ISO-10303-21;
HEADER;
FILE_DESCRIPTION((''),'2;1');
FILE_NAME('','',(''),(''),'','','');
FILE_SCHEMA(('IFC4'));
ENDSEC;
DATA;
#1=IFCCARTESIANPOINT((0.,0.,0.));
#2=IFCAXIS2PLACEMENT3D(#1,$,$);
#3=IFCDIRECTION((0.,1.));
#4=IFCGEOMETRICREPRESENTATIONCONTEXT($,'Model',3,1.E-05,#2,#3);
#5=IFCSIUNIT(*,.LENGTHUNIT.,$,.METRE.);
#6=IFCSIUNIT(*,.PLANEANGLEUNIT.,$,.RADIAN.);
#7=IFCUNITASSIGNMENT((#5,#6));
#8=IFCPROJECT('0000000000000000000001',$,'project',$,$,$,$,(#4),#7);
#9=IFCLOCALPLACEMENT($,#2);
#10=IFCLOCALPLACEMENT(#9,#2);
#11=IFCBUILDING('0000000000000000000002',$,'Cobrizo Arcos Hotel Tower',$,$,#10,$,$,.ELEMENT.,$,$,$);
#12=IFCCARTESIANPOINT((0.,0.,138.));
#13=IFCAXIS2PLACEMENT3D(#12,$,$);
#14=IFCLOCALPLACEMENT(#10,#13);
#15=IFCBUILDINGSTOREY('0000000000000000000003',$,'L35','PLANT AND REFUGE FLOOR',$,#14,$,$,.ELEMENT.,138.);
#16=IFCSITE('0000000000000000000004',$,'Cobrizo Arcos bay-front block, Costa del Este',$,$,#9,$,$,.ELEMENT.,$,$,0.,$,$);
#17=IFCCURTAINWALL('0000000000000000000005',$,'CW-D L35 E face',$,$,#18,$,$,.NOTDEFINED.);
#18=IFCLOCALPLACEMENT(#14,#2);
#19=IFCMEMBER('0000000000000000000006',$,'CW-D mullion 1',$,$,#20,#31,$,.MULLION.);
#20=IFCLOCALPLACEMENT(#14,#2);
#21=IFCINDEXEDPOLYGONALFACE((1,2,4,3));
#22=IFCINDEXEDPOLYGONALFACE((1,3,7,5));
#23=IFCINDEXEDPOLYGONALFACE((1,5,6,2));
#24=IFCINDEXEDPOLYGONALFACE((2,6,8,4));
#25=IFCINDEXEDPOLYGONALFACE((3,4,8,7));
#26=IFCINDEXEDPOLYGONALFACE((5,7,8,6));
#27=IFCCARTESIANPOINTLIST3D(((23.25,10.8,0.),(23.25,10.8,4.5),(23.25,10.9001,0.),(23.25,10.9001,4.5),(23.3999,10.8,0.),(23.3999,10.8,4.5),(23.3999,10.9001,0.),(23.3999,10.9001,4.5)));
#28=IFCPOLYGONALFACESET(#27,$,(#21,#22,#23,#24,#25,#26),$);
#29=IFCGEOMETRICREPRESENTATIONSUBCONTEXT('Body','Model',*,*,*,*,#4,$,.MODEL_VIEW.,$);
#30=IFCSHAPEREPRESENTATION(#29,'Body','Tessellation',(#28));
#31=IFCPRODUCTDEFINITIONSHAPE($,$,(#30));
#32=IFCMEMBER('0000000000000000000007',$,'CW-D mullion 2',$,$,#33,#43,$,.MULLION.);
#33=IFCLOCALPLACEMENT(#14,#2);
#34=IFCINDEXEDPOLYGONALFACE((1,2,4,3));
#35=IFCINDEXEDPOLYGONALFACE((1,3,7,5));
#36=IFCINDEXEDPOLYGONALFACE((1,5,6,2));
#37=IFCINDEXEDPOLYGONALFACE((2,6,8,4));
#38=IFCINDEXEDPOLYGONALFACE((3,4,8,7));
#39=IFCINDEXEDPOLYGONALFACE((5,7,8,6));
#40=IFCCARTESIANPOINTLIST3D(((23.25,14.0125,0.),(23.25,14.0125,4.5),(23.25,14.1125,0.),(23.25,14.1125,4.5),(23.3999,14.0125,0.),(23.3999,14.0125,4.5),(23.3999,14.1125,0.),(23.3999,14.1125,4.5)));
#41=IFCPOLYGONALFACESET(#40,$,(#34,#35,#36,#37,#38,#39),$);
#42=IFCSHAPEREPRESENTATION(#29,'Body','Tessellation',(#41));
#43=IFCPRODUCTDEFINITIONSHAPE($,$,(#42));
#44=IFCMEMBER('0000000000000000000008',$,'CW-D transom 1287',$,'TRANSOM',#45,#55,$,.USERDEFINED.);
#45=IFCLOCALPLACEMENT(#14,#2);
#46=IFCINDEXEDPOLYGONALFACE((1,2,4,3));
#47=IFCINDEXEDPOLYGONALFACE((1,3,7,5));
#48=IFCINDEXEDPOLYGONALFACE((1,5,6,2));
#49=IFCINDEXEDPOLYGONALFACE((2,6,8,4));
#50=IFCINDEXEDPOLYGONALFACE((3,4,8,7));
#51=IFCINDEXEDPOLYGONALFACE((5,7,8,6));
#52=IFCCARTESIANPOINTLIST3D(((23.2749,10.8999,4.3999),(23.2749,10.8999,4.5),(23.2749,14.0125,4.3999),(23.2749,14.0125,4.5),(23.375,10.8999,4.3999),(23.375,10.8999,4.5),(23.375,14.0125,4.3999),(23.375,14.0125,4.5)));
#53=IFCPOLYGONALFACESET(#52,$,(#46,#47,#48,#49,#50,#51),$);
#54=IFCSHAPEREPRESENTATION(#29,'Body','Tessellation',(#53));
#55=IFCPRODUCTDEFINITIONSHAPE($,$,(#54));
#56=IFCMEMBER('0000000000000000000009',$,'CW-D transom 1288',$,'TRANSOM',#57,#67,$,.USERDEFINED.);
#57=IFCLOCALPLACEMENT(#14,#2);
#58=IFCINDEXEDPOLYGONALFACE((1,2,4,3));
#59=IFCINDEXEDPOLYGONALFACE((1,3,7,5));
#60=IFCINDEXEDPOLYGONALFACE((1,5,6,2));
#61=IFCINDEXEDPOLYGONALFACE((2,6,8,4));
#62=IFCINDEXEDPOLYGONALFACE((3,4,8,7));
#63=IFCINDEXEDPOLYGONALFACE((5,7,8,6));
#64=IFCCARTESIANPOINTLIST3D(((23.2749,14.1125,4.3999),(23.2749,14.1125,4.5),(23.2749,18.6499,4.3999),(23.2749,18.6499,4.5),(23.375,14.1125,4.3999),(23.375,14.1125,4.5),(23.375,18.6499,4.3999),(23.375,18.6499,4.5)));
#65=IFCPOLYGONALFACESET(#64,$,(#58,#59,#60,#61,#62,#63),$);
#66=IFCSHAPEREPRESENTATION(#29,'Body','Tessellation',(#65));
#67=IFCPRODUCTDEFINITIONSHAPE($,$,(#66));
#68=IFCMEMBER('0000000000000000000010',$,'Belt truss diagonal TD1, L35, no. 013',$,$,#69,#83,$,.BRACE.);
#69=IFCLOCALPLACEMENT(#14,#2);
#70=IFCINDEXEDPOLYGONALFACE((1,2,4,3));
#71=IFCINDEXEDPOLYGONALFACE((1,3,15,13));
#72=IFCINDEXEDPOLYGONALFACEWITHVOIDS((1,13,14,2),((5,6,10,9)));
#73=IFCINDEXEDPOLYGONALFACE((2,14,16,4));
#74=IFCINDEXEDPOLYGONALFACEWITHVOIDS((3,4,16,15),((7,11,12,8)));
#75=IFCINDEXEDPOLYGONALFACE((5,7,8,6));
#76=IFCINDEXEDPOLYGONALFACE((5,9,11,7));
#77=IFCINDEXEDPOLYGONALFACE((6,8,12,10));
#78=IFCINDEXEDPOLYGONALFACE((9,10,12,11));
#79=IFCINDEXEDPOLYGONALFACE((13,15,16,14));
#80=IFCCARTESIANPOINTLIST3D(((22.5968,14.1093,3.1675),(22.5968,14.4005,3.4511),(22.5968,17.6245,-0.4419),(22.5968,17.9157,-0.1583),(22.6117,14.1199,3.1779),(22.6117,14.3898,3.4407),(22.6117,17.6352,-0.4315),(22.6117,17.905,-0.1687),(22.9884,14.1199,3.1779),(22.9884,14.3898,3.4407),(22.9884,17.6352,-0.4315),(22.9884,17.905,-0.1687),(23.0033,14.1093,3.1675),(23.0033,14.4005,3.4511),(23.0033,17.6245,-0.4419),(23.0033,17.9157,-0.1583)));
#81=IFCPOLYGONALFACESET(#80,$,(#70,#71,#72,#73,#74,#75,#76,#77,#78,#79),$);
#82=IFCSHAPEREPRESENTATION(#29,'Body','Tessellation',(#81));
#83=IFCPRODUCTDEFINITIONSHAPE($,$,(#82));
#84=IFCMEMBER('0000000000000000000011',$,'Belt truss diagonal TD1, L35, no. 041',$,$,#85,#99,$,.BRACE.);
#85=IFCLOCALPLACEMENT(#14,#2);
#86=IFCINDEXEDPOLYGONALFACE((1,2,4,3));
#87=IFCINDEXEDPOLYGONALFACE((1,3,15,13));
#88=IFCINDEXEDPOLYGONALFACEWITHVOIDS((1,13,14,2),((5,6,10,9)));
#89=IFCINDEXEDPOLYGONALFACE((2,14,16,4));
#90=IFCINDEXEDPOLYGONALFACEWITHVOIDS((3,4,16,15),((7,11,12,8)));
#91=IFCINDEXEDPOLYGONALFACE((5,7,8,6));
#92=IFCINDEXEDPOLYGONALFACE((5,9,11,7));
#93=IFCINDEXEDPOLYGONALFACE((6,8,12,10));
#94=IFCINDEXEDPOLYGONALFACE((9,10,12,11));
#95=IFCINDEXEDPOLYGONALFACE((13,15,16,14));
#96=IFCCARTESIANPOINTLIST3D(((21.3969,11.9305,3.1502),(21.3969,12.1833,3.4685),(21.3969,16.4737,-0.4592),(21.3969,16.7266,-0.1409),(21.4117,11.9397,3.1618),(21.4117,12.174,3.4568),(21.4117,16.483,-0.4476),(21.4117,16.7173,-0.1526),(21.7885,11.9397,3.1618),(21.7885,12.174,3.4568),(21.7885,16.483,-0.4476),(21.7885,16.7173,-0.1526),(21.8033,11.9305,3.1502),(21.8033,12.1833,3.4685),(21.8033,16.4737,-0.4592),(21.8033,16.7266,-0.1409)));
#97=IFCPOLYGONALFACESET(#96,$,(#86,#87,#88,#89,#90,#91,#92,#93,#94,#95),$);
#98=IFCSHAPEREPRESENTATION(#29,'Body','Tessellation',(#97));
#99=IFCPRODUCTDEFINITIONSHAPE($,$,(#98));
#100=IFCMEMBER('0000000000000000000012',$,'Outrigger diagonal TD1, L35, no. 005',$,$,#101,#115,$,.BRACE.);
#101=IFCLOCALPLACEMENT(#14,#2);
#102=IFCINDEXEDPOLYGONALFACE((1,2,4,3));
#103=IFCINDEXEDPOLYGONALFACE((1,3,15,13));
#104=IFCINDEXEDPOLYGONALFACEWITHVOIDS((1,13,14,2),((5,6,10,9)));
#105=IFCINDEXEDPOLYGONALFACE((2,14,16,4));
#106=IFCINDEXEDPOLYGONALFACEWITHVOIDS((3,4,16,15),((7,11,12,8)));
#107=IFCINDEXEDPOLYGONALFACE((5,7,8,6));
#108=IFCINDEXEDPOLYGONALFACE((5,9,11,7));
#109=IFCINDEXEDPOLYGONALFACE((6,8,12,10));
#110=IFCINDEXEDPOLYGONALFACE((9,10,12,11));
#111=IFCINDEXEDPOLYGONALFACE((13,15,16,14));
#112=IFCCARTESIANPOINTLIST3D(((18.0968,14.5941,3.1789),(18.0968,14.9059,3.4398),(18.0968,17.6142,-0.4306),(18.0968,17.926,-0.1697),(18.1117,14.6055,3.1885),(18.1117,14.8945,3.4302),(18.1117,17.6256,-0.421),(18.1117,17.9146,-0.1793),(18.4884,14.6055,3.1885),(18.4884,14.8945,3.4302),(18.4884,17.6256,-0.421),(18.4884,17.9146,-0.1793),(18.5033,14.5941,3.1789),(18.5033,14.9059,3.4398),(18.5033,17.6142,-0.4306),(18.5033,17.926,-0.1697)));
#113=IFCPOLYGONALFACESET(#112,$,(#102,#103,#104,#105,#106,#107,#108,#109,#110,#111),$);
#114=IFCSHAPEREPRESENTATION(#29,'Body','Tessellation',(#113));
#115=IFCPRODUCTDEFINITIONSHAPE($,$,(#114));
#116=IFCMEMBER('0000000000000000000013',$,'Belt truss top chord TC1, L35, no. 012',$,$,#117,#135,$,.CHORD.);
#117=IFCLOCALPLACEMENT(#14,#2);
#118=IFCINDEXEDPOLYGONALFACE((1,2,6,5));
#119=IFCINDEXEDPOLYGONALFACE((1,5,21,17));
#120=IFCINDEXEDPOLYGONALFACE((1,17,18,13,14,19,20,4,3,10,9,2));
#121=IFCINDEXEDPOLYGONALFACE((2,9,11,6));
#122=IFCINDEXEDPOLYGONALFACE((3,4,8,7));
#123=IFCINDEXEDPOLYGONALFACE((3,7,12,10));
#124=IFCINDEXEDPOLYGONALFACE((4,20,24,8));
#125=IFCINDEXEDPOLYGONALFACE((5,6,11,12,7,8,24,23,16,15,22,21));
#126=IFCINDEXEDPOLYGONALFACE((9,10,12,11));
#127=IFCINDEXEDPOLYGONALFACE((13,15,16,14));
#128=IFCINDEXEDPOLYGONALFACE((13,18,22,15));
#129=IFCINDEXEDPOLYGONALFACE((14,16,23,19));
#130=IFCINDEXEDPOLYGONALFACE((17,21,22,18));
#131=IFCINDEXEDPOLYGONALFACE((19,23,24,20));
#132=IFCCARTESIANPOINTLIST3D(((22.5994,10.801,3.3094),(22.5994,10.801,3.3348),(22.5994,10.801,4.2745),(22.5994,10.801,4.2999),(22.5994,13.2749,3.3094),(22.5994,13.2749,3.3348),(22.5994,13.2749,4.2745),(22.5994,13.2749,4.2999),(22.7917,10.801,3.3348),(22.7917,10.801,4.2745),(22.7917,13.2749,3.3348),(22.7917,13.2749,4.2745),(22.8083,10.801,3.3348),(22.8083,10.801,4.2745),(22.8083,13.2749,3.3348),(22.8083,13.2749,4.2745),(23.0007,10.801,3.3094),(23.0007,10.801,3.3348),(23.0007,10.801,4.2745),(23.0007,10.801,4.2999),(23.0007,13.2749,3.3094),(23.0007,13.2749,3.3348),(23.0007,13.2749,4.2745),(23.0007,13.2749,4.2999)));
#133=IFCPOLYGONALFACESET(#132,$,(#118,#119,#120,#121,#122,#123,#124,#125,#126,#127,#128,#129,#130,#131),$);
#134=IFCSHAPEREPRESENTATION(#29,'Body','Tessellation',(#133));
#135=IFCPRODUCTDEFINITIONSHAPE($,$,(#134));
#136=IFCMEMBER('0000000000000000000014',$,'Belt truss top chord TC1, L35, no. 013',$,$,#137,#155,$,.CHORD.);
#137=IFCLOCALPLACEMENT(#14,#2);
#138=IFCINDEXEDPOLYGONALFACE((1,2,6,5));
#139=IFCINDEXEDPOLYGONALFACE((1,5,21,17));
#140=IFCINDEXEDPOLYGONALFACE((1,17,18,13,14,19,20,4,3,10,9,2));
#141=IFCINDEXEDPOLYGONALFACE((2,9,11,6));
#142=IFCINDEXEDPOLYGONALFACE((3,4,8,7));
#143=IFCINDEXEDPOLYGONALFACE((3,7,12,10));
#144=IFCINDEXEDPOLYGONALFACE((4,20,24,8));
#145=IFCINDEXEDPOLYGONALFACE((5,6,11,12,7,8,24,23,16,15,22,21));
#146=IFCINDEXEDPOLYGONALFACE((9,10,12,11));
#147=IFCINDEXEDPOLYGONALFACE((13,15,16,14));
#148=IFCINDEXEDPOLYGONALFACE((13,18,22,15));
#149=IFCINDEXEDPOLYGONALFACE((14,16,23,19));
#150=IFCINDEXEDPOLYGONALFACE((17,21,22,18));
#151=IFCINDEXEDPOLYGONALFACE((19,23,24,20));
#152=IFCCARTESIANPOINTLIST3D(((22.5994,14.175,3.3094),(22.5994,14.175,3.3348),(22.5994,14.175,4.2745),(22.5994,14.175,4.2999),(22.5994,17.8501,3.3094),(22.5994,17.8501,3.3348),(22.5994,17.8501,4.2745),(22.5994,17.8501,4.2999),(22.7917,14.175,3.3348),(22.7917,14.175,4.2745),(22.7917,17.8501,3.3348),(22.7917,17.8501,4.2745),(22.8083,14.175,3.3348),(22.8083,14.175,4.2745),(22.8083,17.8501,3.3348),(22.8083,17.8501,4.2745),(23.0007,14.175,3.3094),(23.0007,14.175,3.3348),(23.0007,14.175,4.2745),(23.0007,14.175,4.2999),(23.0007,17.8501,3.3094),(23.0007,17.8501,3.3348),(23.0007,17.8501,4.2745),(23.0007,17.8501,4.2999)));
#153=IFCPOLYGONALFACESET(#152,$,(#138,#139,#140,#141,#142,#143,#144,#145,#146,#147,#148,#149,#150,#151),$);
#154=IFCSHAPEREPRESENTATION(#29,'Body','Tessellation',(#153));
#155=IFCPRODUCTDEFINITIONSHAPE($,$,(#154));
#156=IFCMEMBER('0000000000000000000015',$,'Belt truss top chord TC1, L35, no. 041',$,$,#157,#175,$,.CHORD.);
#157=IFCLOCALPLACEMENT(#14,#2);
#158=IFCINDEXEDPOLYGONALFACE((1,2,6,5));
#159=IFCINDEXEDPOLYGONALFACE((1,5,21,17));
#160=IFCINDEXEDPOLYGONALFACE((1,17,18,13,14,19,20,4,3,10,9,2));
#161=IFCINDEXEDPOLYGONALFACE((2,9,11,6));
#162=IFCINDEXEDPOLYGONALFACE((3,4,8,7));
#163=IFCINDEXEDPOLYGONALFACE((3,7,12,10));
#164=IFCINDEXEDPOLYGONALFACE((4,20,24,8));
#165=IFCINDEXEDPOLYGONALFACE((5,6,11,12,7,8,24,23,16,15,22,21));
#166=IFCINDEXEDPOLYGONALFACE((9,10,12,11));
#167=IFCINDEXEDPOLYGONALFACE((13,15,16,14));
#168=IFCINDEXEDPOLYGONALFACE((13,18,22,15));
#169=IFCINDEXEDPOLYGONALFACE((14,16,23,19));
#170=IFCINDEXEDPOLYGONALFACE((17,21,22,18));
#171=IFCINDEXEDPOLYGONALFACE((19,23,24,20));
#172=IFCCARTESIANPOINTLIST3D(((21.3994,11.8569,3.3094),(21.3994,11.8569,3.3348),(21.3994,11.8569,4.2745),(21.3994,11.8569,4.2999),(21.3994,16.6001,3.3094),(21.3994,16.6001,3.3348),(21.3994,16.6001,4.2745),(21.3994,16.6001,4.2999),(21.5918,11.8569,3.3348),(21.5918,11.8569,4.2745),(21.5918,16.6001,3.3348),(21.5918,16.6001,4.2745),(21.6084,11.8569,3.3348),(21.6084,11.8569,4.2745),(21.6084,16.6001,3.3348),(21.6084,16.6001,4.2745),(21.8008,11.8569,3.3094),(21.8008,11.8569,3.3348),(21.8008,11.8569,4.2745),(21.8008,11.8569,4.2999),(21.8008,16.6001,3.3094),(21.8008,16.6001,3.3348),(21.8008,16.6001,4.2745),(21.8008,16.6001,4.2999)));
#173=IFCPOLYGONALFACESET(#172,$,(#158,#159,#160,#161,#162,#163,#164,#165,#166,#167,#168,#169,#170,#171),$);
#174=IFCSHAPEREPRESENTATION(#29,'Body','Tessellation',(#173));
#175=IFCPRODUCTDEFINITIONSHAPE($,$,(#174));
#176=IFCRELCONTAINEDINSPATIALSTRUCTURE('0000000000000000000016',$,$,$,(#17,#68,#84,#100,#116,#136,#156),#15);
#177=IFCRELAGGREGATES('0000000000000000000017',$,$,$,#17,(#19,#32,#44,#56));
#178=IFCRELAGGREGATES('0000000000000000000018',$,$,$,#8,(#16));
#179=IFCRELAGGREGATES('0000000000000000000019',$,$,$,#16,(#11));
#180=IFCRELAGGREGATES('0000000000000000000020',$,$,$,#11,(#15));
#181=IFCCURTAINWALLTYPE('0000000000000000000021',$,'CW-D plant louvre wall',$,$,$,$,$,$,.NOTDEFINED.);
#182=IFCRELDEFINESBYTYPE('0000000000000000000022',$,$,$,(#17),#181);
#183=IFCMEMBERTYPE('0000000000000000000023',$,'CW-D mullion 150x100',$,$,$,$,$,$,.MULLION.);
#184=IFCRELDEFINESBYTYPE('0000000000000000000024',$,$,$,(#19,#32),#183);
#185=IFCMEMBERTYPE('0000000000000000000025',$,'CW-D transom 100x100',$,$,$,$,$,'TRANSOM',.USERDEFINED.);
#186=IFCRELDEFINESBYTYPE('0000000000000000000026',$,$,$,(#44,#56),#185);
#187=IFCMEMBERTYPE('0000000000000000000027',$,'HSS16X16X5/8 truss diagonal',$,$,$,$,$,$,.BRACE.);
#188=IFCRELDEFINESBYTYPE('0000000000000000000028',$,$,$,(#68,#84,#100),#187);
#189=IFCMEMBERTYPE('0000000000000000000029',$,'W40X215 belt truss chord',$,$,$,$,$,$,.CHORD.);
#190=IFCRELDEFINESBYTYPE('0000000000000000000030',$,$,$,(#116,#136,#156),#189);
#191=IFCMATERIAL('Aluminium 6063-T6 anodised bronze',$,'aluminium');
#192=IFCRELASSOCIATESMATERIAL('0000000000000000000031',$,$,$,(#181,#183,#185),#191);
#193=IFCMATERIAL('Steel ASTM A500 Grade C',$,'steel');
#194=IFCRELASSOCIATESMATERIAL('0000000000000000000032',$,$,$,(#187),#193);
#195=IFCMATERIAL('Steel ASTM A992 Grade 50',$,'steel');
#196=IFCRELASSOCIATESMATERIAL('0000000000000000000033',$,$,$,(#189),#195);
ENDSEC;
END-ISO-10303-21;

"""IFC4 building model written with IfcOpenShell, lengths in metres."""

from ifc_helpers import new_model, si_unit, direction, frame, origin, origin_2d, place, context, subcontext, project, spatial, rectangle, hollow_rectangle, i_section, extrude, material, material_profile, profile_set, type_object, element, aggregate, save


model = new_model("IFC4")

# Units and contexts
model_context = context("Model", 3, precision=1e-05, world=origin(), true_north=direction((0.0, 1.0)))
body_context = subcontext(model_context, "Body", "Model", "MODEL_VIEW")
ifc_project = project(units=[si_unit("LENGTHUNIT", "METRE"), si_unit("PLANEANGLEUNIT", "RADIAN")], contexts=[model_context])

# Site, building, storey
site_placement = place(None, origin())
site = spatial("IfcSite", under=ifc_project, at=site_placement, Name="Cobrizo Arcos bay-front block, Costa del Este", CompositionType="ELEMENT", RefElevation=0.0)
building_placement = place(site_placement, origin())
building = spatial("IfcBuilding", under=site, at=building_placement, Name="Cobrizo Arcos Hotel Tower", CompositionType="ELEMENT")
storey_placement = place(building_placement, frame((0.0, 0.0, 138.0)))
storey = spatial("IfcBuildingStorey", under=building, at=storey_placement, Name="L35", Description="PLANT AND REFUGE FLOOR", CompositionType="ELEMENT", Elevation=138.0)

# Curtain wall, members
ifc_material_1 = material(Name="Aluminium 6063-T6 anodised bronze", Category="aluminium")
curtain_wall_type = type_object("IfcCurtainWallType", Name="CW-D plant louvre wall", PredefinedType="NOTDEFINED", material=ifc_material_1)
curtain_wall_placement = place(storey_placement, origin())
curtain_wall = element("IfcCurtainWall", 1, at=curtain_wall_placement, inside=storey, type_object=curtain_wall_type, Name="CW-D L35 E face", PredefinedType="NOTDEFINED")
ifc_material_profile_1 = material_profile(ifc_material_1, rectangle(XDim=0.1499, YDim=0.1001, at=origin_2d()), Name="CW-D mullion 150x100")
ifc_profile_set_1 = profile_set([ifc_material_profile_1], Name="Aluminium 6063-T6 anodised bronze")
member_type_1 = type_object("IfcMemberType", Name="CW-D mullion 150x100", PredefinedType="MULLION", material=ifc_profile_set_1)
member_1_placement = place(storey_placement, frame((23.325, 10.8501, 0.0), z_axis=(0.0, 0.0, 1.0), x_axis=(1.0, 0.0, 0.0)))
member_1 = element("IfcMember", 2, at=member_1_placement, type_object=member_type_1, Name="CW-D mullion 1", PredefinedType="MULLION", context=body_context, shape_type="SweptSolid", body=[
    extrude(rectangle(XDim=0.1499, YDim=0.1001, at=origin_2d()), origin(), (0.0, 0.0, 1.0), 4.5),
])
member_2_placement = place(storey_placement, frame((23.325, 14.0625, 0.0), z_axis=(0.0, 0.0, 1.0), x_axis=(1.0, 0.0, 0.0)))
member_2 = element("IfcMember", 3, at=member_2_placement, type_object=member_type_1, Name="CW-D mullion 2", PredefinedType="MULLION", context=body_context, shape_type="SweptSolid", body=[
    extrude(rectangle(XDim=0.1499, YDim=0.1001, at=origin_2d()), origin(), (0.0, 0.0, 1.0), 4.5),
])
ifc_material_profile_2 = material_profile(ifc_material_1, rectangle(XDim=0.1001, YDim=0.1001, at=origin_2d()), Name="CW-D transom 100x100")
ifc_profile_set_2 = profile_set([ifc_material_profile_2], Name="Aluminium 6063-T6 anodised bronze")
member_type_2 = type_object("IfcMemberType", Name="CW-D transom 100x100", ElementType="TRANSOM", PredefinedType="USERDEFINED", material=ifc_profile_set_2)
member_3_placement = place(storey_placement, frame((23.325, 10.8999, 4.45), z_axis=(0.0, 1.0, 0.0), x_axis=(-1.0, 0.0, 0.0)))
member_3 = element("IfcMember", 4, at=member_3_placement, type_object=member_type_2, Name="CW-D transom 1287", ObjectType="TRANSOM", PredefinedType="USERDEFINED", context=body_context, shape_type="SweptSolid", body=[
    extrude(rectangle(XDim=0.1001, YDim=0.1001, at=origin_2d()), origin(), (0.0, 0.0, 1.0), 3.1125),
])
member_4_placement = place(storey_placement, frame((23.325, 14.1125, 4.45), z_axis=(0.0, 1.0, 0.0), x_axis=(-1.0, 0.0, 0.0)))
member_4 = element("IfcMember", 5, at=member_4_placement, type_object=member_type_2, Name="CW-D transom 1288", ObjectType="TRANSOM", PredefinedType="USERDEFINED", context=body_context, shape_type="SweptSolid", body=[
    extrude(rectangle(XDim=0.1001, YDim=0.1001, at=origin_2d()), origin(), (0.0, 0.0, 1.0), 4.5374),
])

# Members
ifc_material_2 = material(Name="Steel ASTM A500 Grade C", Category="steel")
ifc_material_profile_3 = material_profile(ifc_material_2, hollow_rectangle(XDim=0.4065, YDim=0.4065, WallThickness=0.0149, at=origin_2d()), Name="HSS16X16X5/8")
ifc_profile_set_3 = profile_set([ifc_material_profile_3], Name="Steel ASTM A500 Grade C")
member_type_3 = type_object("IfcMemberType", Name="HSS16X16X5/8 truss diagonal", PredefinedType="BRACE", material=ifc_profile_set_3)
member_5_placement = place(storey_placement, frame((22.8, 14.2549, 3.3093), z_axis=(0.0, 0.697693, -0.716397), x_axis=(-1.0, 0.0, 0.0)))
element("IfcMember", 6, at=member_5_placement, inside=storey, type_object=member_type_3, Name="Belt truss diagonal TD1, L35, no. 013", PredefinedType="BRACE", context=body_context, shape_type="SweptSolid", body=[
    extrude(hollow_rectangle(XDim=0.4065, YDim=0.4065, WallThickness=0.0149, at=origin_2d()), origin(), (0.0, 0.0, 1.0), 5.0383),
])
member_6_placement = place(storey_placement, frame((21.6001, 12.0569, 3.3093), z_axis=(0.0, 0.782982, -0.622044), x_axis=(-1.0, 0.0, 0.0)))
element("IfcMember", 7, at=member_6_placement, inside=storey, type_object=member_type_3, Name="Belt truss diagonal TD1, L35, no. 041", PredefinedType="BRACE", context=body_context, shape_type="SweptSolid", body=[
    extrude(hollow_rectangle(XDim=0.4065, YDim=0.4065, WallThickness=0.0149, at=origin_2d()), origin(), (0.0, 0.0, 1.0), 5.8025),
])
member_7_placement = place(storey_placement, frame((18.3, 14.75, 3.3093), z_axis=(0.0, 0.641714, -0.766944), x_axis=(-1.0, 0.0, 0.0)))
element("IfcMember", 8, at=member_7_placement, inside=storey, type_object=member_type_3, Name="Outrigger diagonal TD1, L35, no. 005", PredefinedType="BRACE", context=body_context, shape_type="SweptSolid", body=[
    extrude(hollow_rectangle(XDim=0.4065, YDim=0.4065, WallThickness=0.0149, at=origin_2d()), origin(), (0.0, 0.0, 1.0), 4.7063),
])
ifc_material_3 = material(Name="Steel ASTM A992 Grade 50", Category="steel")
ifc_material_profile_4 = material_profile(ifc_material_3, i_section(OverallWidth=0.4014, OverallDepth=0.9905, WebThickness=0.0166, FlangeThickness=0.0254, at=origin_2d()), Name="W40X215")
ifc_profile_set_4 = profile_set([ifc_material_profile_4], Name="Steel ASTM A992 Grade 50")
member_type_4 = type_object("IfcMemberType", Name="W40X215 belt truss chord", PredefinedType="CHORD", material=ifc_profile_set_4)
member_8_placement = place(storey_placement, frame((22.8, 10.801, 3.8047), z_axis=(0.0, 1.0, 0.0), x_axis=(-1.0, 0.0, 0.0)))
element("IfcMember", 9, at=member_8_placement, inside=storey, type_object=member_type_4, Name="Belt truss top chord TC1, L35, no. 012", PredefinedType="CHORD", context=body_context, shape_type="SweptSolid", body=[
    extrude(i_section(OverallWidth=0.4014, OverallDepth=0.9905, WebThickness=0.0166, FlangeThickness=0.0254, at=origin_2d()), origin(), (0.0, 0.0, 1.0), 2.4739),
])
member_9_placement = place(storey_placement, frame((22.8, 14.175, 3.8047), z_axis=(0.0, 1.0, 0.0), x_axis=(-1.0, 0.0, 0.0)))
element("IfcMember", 10, at=member_9_placement, inside=storey, type_object=member_type_4, Name="Belt truss top chord TC1, L35, no. 013", PredefinedType="CHORD", context=body_context, shape_type="SweptSolid", body=[
    extrude(i_section(OverallWidth=0.4014, OverallDepth=0.9905, WebThickness=0.0166, FlangeThickness=0.0254, at=origin_2d()), origin(), (0.0, 0.0, 1.0), 3.675),
])
member_10_placement = place(storey_placement, frame((21.6001, 11.8569, 3.8047), z_axis=(0.0, 1.0, 0.0), x_axis=(-1.0, 0.0, 0.0)))
element("IfcMember", 11, at=member_10_placement, inside=storey, type_object=member_type_4, Name="Belt truss top chord TC1, L35, no. 041", PredefinedType="CHORD", context=body_context, shape_type="SweptSolid", body=[
    extrude(i_section(OverallWidth=0.4014, OverallDepth=0.9905, WebThickness=0.0166, FlangeThickness=0.0254, at=origin_2d()), origin(), (0.0, 0.0, 1.0), 4.7432),
])

aggregate(curtain_wall, [member_1, member_2, member_3, member_4])

save(model, "model.ifc")
